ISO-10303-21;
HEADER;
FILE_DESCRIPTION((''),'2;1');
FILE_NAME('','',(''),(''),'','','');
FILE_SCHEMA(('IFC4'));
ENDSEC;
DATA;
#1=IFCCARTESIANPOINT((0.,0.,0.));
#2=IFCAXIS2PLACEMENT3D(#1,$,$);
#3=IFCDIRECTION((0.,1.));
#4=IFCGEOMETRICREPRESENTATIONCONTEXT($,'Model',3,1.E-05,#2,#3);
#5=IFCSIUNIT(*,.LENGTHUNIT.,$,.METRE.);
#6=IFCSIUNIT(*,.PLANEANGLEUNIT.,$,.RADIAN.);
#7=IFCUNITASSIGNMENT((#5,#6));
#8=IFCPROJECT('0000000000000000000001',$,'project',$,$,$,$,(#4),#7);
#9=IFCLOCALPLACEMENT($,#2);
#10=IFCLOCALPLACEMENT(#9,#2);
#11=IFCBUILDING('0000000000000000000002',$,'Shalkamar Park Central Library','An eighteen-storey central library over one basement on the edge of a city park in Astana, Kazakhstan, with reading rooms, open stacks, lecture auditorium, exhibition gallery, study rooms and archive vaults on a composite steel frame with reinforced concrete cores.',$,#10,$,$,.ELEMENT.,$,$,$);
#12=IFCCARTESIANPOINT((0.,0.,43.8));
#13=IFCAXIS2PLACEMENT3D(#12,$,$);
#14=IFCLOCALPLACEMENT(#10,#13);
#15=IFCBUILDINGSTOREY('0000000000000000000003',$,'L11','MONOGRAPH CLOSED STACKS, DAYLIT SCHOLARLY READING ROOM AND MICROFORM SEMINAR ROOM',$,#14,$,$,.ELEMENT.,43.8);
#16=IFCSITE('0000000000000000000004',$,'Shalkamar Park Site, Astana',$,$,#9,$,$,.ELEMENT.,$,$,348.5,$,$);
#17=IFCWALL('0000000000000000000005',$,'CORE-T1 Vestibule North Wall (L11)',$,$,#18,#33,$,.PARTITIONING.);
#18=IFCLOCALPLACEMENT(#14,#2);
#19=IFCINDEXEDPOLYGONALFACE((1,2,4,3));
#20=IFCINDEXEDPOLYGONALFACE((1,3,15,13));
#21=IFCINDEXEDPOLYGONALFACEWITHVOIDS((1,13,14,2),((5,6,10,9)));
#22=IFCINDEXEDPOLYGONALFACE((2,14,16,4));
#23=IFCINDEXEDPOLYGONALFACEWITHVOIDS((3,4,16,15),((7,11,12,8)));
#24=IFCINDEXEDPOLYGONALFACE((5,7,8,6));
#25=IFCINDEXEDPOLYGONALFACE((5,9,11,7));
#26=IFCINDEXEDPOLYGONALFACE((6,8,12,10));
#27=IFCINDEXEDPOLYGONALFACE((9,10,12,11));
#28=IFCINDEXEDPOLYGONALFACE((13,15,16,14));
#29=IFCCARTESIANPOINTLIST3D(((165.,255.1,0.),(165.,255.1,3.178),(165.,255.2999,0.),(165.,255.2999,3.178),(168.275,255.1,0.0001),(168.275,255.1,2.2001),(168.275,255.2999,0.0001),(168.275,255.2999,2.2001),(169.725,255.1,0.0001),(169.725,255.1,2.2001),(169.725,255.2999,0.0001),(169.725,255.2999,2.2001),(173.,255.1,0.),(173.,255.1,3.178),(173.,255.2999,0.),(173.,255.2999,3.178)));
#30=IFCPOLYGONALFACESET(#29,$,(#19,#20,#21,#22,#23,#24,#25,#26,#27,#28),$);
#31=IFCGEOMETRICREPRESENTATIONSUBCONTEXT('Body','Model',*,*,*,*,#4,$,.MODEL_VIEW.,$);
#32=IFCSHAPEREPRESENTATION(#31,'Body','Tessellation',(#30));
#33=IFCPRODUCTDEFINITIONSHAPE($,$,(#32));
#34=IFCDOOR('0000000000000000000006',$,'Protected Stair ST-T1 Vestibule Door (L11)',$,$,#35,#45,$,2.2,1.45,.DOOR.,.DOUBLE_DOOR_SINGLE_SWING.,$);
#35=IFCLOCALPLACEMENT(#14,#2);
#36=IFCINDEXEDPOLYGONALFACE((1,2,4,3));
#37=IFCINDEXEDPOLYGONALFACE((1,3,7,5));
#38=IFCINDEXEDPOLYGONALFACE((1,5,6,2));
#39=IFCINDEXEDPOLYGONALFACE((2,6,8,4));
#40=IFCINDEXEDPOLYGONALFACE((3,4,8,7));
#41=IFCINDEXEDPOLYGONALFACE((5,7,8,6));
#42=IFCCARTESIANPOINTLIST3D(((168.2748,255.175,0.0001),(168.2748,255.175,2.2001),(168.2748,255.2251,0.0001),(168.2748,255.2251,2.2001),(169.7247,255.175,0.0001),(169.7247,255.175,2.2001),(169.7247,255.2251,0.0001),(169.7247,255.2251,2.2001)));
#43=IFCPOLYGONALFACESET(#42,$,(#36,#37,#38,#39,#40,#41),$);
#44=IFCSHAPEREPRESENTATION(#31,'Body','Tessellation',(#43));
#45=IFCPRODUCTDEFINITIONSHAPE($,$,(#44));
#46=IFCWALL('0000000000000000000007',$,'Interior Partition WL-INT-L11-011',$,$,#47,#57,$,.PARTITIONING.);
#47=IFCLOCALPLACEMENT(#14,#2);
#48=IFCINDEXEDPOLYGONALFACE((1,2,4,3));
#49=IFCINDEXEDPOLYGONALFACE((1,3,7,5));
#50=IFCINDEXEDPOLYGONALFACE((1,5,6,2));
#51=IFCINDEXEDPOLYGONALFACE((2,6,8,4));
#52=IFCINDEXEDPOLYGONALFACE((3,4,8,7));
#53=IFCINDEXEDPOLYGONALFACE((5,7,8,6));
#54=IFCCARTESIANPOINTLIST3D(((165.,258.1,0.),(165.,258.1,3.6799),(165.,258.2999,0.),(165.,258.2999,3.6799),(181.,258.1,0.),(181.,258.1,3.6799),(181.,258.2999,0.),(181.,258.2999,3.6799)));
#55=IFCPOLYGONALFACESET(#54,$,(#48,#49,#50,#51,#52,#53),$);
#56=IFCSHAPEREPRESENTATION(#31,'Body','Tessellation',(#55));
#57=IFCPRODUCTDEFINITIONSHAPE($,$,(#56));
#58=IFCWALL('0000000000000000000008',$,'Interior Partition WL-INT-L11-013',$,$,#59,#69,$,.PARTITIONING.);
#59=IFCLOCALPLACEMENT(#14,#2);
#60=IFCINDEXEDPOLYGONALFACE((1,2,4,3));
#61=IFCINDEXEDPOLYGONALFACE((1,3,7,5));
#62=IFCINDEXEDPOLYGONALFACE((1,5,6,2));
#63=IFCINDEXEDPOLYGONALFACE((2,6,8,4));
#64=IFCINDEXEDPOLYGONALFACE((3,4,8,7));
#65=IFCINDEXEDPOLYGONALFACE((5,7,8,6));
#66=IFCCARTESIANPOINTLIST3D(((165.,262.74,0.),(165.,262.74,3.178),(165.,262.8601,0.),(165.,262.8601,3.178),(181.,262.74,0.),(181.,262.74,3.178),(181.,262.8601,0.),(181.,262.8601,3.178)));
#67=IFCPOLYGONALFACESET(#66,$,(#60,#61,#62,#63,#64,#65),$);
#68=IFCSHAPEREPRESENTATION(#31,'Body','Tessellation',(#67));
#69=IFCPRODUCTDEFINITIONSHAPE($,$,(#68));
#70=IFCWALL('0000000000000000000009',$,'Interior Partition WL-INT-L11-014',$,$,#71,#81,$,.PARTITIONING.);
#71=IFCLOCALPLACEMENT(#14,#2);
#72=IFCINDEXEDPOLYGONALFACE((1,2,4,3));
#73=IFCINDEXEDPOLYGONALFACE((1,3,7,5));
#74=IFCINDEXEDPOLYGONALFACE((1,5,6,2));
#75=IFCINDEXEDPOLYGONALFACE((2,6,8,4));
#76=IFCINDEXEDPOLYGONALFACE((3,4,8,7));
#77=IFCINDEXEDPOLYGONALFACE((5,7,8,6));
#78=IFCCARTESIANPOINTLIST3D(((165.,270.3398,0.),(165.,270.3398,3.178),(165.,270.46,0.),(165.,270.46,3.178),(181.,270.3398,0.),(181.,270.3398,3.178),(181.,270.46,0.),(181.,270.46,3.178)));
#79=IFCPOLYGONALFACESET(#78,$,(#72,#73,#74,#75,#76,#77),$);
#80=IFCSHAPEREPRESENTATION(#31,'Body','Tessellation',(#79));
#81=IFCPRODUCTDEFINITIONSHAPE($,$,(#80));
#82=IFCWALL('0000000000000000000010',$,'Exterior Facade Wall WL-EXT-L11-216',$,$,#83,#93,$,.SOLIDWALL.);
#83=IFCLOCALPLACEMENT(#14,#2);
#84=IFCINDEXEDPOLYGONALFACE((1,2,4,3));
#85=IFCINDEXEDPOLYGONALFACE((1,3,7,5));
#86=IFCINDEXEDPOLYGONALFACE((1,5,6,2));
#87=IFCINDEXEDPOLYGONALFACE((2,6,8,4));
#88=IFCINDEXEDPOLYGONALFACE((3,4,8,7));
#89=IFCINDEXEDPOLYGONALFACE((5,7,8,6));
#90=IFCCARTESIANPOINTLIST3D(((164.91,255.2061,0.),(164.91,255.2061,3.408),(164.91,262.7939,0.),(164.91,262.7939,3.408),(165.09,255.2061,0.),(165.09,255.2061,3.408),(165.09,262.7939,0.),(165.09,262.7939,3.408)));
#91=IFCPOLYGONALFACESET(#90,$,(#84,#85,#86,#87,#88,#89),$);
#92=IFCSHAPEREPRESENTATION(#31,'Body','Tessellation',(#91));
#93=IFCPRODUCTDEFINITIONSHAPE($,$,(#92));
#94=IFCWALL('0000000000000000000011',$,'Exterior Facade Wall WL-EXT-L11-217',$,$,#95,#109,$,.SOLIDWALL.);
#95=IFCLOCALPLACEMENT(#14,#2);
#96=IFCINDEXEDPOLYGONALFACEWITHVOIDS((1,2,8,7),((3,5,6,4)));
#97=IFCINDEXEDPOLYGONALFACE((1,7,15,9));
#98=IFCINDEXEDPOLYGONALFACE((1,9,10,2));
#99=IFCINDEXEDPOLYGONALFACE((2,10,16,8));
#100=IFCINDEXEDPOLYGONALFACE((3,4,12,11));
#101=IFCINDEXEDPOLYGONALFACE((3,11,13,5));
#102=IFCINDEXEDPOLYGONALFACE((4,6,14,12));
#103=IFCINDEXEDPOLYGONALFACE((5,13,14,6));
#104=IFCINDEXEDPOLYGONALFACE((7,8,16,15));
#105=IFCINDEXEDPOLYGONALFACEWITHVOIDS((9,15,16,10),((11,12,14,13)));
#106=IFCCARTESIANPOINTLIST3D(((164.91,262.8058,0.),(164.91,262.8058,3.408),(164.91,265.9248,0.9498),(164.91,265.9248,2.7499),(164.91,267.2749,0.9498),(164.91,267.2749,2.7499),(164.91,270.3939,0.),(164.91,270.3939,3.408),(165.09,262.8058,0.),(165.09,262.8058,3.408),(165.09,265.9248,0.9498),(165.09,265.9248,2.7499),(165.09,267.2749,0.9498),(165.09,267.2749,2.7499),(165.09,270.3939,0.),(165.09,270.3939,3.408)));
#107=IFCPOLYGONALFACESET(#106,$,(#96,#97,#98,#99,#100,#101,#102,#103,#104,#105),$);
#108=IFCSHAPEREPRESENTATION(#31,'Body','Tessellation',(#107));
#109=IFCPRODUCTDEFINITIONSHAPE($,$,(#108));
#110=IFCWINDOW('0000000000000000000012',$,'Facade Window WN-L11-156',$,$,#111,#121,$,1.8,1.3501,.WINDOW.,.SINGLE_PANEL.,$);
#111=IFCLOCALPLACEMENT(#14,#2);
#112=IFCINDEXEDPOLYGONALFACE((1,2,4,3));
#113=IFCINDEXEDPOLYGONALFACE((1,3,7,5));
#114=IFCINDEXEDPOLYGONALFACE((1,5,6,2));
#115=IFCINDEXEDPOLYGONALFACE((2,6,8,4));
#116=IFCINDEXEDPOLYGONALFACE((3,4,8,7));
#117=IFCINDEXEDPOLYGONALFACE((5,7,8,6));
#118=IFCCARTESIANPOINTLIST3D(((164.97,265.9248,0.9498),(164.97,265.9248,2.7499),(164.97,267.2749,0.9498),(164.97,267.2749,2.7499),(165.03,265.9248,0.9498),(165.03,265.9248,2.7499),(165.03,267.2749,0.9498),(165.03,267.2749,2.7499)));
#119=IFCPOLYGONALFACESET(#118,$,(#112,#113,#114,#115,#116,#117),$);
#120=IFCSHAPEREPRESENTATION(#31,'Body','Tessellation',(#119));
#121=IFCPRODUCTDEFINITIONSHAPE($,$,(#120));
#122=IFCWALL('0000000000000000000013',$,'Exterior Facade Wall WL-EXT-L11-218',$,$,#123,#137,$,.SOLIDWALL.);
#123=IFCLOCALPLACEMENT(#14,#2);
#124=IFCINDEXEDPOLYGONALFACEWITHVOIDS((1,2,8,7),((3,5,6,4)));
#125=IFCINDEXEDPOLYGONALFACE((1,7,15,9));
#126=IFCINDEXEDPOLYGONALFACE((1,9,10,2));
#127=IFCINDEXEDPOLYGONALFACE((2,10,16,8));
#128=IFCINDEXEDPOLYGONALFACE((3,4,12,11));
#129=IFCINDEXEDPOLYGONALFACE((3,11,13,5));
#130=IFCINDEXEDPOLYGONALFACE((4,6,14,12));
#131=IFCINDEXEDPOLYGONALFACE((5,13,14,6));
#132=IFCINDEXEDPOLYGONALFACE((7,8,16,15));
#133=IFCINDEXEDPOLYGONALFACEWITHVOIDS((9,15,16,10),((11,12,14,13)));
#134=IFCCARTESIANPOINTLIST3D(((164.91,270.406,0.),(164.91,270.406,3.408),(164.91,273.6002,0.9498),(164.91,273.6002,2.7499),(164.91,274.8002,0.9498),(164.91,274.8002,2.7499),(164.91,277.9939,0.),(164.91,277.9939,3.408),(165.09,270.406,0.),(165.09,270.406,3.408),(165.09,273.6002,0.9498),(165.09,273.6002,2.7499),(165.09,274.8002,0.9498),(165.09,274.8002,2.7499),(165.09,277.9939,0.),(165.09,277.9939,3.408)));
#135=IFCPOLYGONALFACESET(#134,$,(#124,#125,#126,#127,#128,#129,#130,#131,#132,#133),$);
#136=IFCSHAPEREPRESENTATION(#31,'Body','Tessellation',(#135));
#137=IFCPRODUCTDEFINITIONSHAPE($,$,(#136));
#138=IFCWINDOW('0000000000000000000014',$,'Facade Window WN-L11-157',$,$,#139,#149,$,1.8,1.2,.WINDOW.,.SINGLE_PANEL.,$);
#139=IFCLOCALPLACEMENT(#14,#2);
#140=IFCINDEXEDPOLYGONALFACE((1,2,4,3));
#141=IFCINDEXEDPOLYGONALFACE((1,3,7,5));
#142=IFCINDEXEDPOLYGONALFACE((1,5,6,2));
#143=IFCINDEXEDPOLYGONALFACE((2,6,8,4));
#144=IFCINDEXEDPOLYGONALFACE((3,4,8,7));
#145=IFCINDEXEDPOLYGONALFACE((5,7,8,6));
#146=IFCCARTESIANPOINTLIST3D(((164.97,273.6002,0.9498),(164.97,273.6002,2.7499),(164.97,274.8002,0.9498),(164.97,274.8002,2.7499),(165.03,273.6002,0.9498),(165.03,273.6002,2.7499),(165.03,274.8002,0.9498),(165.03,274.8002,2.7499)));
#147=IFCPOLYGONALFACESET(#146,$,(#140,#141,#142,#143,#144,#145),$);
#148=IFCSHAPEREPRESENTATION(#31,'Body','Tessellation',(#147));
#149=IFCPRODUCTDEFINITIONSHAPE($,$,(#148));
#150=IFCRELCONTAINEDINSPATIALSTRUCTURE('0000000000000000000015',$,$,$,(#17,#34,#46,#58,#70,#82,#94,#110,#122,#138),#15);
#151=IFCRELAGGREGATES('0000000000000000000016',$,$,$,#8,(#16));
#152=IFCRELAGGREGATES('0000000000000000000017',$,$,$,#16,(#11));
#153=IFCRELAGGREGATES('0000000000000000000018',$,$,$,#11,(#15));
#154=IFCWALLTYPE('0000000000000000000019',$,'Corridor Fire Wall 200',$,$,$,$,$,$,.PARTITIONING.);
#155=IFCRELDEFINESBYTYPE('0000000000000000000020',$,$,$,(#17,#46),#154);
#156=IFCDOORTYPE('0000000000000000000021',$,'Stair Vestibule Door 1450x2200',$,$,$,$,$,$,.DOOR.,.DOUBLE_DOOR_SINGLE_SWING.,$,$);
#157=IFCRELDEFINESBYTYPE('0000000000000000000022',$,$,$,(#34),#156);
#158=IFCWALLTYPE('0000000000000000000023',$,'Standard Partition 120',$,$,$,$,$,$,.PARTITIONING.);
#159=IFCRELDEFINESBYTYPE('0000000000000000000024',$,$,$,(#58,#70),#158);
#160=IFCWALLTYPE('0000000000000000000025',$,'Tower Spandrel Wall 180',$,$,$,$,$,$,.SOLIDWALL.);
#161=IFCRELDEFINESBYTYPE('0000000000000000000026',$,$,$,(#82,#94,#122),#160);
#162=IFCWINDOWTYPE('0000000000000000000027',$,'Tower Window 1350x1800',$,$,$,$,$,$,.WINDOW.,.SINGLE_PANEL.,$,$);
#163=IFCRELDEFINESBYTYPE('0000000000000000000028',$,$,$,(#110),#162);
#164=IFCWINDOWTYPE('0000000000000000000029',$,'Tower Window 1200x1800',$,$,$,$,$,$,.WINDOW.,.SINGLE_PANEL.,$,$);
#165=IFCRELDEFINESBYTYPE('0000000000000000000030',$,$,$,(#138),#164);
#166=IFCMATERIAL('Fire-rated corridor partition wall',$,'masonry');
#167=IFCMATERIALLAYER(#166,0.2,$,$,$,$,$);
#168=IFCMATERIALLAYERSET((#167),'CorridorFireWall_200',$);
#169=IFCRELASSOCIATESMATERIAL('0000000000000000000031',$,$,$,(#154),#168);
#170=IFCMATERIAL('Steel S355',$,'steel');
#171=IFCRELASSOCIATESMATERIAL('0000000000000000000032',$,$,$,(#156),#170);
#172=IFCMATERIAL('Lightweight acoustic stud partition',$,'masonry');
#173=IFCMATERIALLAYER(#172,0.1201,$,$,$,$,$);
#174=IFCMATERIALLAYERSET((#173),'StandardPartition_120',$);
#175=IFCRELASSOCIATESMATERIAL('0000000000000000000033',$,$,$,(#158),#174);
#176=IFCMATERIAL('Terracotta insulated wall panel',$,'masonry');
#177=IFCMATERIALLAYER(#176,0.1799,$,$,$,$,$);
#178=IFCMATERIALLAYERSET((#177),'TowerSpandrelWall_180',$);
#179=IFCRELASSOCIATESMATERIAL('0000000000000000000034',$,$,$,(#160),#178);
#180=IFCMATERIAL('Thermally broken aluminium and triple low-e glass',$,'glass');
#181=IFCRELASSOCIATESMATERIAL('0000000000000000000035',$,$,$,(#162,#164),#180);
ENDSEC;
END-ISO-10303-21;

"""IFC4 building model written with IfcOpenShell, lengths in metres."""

from ifc_helpers import new_model, si_unit, direction, frame, frame_2d, origin, place, context, subcontext, project, spatial, rectangle, extrude, material, layer, layer_set, type_object, element, fill, save


model = new_model("IFC4")

# Units and contexts
model_context = context("Model", 3, precision=1e-05, world=origin(), true_north=direction((0.0, 1.0)))
body_context = subcontext(model_context, "Body", "Model", "MODEL_VIEW")
ifc_project = project(units=[si_unit("LENGTHUNIT", "METRE"), si_unit("PLANEANGLEUNIT", "RADIAN")], contexts=[model_context])

# Site, building, storey
site_placement = place(None, origin())
site = spatial("IfcSite", under=ifc_project, at=site_placement, Name="Shalkamar Park Site, Astana", CompositionType="ELEMENT", RefElevation=348.5)
building_placement = place(site_placement, origin())
building = spatial("IfcBuilding", under=site, at=building_placement, Name="Shalkamar Park Central Library", Description="An eighteen-storey central library over one basement on the edge of a city park in Astana, Kazakhstan, with reading rooms, open stacks, lecture auditorium, exhibition gallery, study rooms and archive vaults on a composite steel frame with reinforced concrete cores.", CompositionType="ELEMENT")
storey_placement = place(building_placement, frame((0.0, 0.0, 43.8)))
storey = spatial("IfcBuildingStorey", under=building, at=storey_placement, Name="L11", Description="MONOGRAPH CLOSED STACKS, DAYLIT SCHOLARLY READING ROOM AND MICROFORM SEMINAR ROOM", CompositionType="ELEMENT", Elevation=43.8)

# Shared definitions
ifc_material_1 = material(Name="Steel S355", Category="steel")

# Wall, opening, door
ifc_material_2 = material(Name="Fire-rated corridor partition wall", Category="masonry")
ifc_layer_1 = layer(ifc_material_2, 0.2)
ifc_layer_set_1 = layer_set([ifc_layer_1], Name="CorridorFireWall_200")
wall_type_1 = type_object("IfcWallType", Name="Corridor Fire Wall 200", PredefinedType="PARTITIONING", material=ifc_layer_set_1)
wall_1_placement = place(storey_placement, frame((165.0, 255.2, 0.0), z_axis=(0.0, 0.0, 1.0), x_axis=(1.0, 0.0, 0.0)))
wall_1 = element("IfcWall", 1, at=wall_1_placement, inside=storey, type_object=wall_type_1, Name="CORE-T1 Vestibule North Wall (L11)", PredefinedType="PARTITIONING", context=body_context, shape_type="SweptSolid", body=[
    extrude(rectangle(XDim=8.0, YDim=0.2, at=frame_2d((4.0, 0.0))), origin(), (0.0, 0.0, 1.0), 3.178),
])
opening_1_placement = place(wall_1_placement, frame((3.2749, 0.0, 0.0)))
opening_1 = element("IfcOpeningElement", 2, at=opening_1_placement, cuts=wall_1, PredefinedType="OPENING", context=body_context, shape_type="SweptSolid", body=[
    extrude(rectangle(XDim=1.45, YDim=2.2, at=frame_2d((0.7251, 1.1001))), frame((0.0, 0.1147, 0.0), z_axis=(0.0, -1.0, 0.0), x_axis=(1.0, 0.0, 0.0)), (0.0, 0.0, 1.0), 0.2297),
])
door_type_1 = type_object("IfcDoorType", Name="Stair Vestibule Door 1450x2200", OperationType="DOUBLE_DOOR_SINGLE_SWING", PredefinedType="DOOR", material=ifc_material_1)
door_1_placement = place(opening_1_placement, frame((1.45, 0.0, 0.0), z_axis=(0.0, 0.0, 1.0), x_axis=(-1.0, 0.0, 0.0)))
door_1 = element("IfcDoor", 3, at=door_1_placement, inside=storey, type_object=door_type_1, Name="Protected Stair ST-T1 Vestibule Door (L11)", OperationType="DOUBLE_DOOR_SINGLE_SWING", OverallHeight=2.2, OverallWidth=1.45, PredefinedType="DOOR", context=body_context, shape_type="SweptSolid", body=[
    extrude(rectangle(XDim=1.45, YDim=2.2, at=frame_2d((0.7251, 1.1001))), frame((0.0, 0.0249, 0.0), z_axis=(0.0, -1.0, 0.0), x_axis=(1.0, 0.0, 0.0)), (0.0, 0.0, 1.0), 0.05),
])
fill(opening_1, door_1)

# Walls
wall_2_placement = place(storey_placement, frame((165.0, 258.2, 0.0), z_axis=(0.0, 0.0, 1.0), x_axis=(1.0, 0.0, 0.0)))
element("IfcWall", 4, at=wall_2_placement, inside=storey, type_object=wall_type_1, Name="Interior Partition WL-INT-L11-011", PredefinedType="PARTITIONING", context=body_context, shape_type="SweptSolid", body=[
    extrude(rectangle(XDim=16.0, YDim=0.2, at=frame_2d((8.0, 0.0))), origin(), (0.0, 0.0, 1.0), 3.6799),
])
ifc_material_3 = material(Name="Lightweight acoustic stud partition", Category="masonry")
ifc_layer_2 = layer(ifc_material_3, 0.1201)
ifc_layer_set_2 = layer_set([ifc_layer_2], Name="StandardPartition_120")
wall_type_2 = type_object("IfcWallType", Name="Standard Partition 120", PredefinedType="PARTITIONING", material=ifc_layer_set_2)
for number, where, z_axis, x_axis, name in (
    (5, (165.0, 262.8, 0.0), (0.0, 0.0, 1.0), (1.0, 0.0, 0.0), "Interior Partition WL-INT-L11-013"),
    (6, (165.0, 270.3999, 0.0), (0.0, 0.0, 1.0), (1.0, 0.0, 0.0), "Interior Partition WL-INT-L11-014"),
):
    element("IfcWall", number, at=place(storey_placement, frame(where, z_axis=z_axis, x_axis=x_axis)), inside=storey, type_object=wall_type_2, Name=name, PredefinedType="PARTITIONING", context=body_context, shape_type="SweptSolid", body=[
        extrude(rectangle(XDim=16.0, YDim=0.1201, at=frame_2d((8.0, 0.0))), origin(), (0.0, 0.0, 1.0), 3.178),
    ])
ifc_material_4 = material(Name="Terracotta insulated wall panel", Category="masonry")
ifc_layer_3 = layer(ifc_material_4, 0.1799)
ifc_layer_set_3 = layer_set([ifc_layer_3], Name="TowerSpandrelWall_180")
wall_type_3 = type_object("IfcWallType", Name="Tower Spandrel Wall 180", PredefinedType="SOLIDWALL", material=ifc_layer_set_3)
wall_3_placement = place(storey_placement, frame((165.0, 255.2061, 0.0), z_axis=(0.0, 0.0, 1.0), x_axis=(0.0, 1.0, 0.0)))
element("IfcWall", 7, at=wall_3_placement, inside=storey, type_object=wall_type_3, Name="Exterior Facade Wall WL-EXT-L11-216", PredefinedType="SOLIDWALL", context=body_context, shape_type="SweptSolid", body=[
    extrude(rectangle(XDim=7.5879, YDim=0.1799, at=frame_2d((3.7939, 0.0))), origin(), (0.0, 0.0, 1.0), 3.408),
])

# Walls, openings, windows
wall_4_placement = place(storey_placement, frame((165.0, 262.8059, 0.0), z_axis=(0.0, 0.0, 1.0), x_axis=(0.0, 1.0, 0.0)))
wall_4 = element("IfcWall", 8, at=wall_4_placement, inside=storey, type_object=wall_type_3, Name="Exterior Facade Wall WL-EXT-L11-217", PredefinedType="SOLIDWALL", context=body_context, shape_type="SweptSolid", body=[
    extrude(rectangle(XDim=7.5881, YDim=0.1799, at=frame_2d((3.7939, 0.0))), origin(), (0.0, 0.0, 1.0), 3.408),
])
opening_2_placement = place(wall_4_placement, frame((3.1189, 0.0, 0.95)))
opening_2 = element("IfcOpeningElement", 9, at=opening_2_placement, cuts=wall_4, PredefinedType="OPENING", context=body_context, shape_type="SweptSolid", body=[
    extrude(rectangle(XDim=1.3501, YDim=1.8, at=frame_2d((0.675, 0.8999))), frame((0.0, 0.105, 0.0), z_axis=(0.0, -1.0, 0.0), x_axis=(1.0, 0.0, 0.0)), (0.0, 0.0, 1.0), 0.2097),
])
ifc_material_5 = material(Name="Thermally broken aluminium and triple low-e glass", Category="glass")
window_type_1 = type_object("IfcWindowType", Name="Tower Window 1350x1800", PartitioningType="SINGLE_PANEL", PredefinedType="WINDOW", material=ifc_material_5)
window_1_placement = place(opening_2_placement, origin())
window_1 = element("IfcWindow", 10, at=window_1_placement, inside=storey, type_object=window_type_1, Name="Facade Window WN-L11-156", OverallHeight=1.8, OverallWidth=1.3501, PartitioningType="SINGLE_PANEL", PredefinedType="WINDOW", context=body_context, shape_type="SweptSolid", body=[
    extrude(rectangle(XDim=1.3501, YDim=1.8, at=frame_2d((0.675, 0.8999))), frame((0.0, 0.03, 0.0), z_axis=(0.0, -1.0, 0.0), x_axis=(1.0, 0.0, 0.0)), (0.0, 0.0, 1.0), 0.0601),
])
fill(opening_2, window_1)
wall_5_placement = place(storey_placement, frame((165.0, 270.406, 0.0), z_axis=(0.0, 0.0, 1.0), x_axis=(0.0, 1.0, 0.0)))
wall_5 = element("IfcWall", 11, at=wall_5_placement, inside=storey, type_object=wall_type_3, Name="Exterior Facade Wall WL-EXT-L11-218", PredefinedType="SOLIDWALL", context=body_context, shape_type="SweptSolid", body=[
    extrude(rectangle(XDim=7.5879, YDim=0.1799, at=frame_2d((3.7939, 0.0))), origin(), (0.0, 0.0, 1.0), 3.408),
])
opening_3_placement = place(wall_5_placement, frame((3.1941, 0.0, 0.95)))
opening_3 = element("IfcOpeningElement", 12, at=opening_3_placement, cuts=wall_5, PredefinedType="OPENING", context=body_context, shape_type="SweptSolid", body=[
    extrude(rectangle(XDim=1.2, YDim=1.8, at=frame_2d((0.6001, 0.8999))), frame((0.0, 0.105, 0.0), z_axis=(0.0, -1.0, 0.0), x_axis=(1.0, 0.0, 0.0)), (0.0, 0.0, 1.0), 0.2097),
])
window_type_2 = type_object("IfcWindowType", Name="Tower Window 1200x1800", PartitioningType="SINGLE_PANEL", PredefinedType="WINDOW", material=ifc_material_5)
window_2_placement = place(opening_3_placement, origin())
window_2 = element("IfcWindow", 13, at=window_2_placement, inside=storey, type_object=window_type_2, Name="Facade Window WN-L11-157", OverallHeight=1.8, OverallWidth=1.2, PartitioningType="SINGLE_PANEL", PredefinedType="WINDOW", context=body_context, shape_type="SweptSolid", body=[
    extrude(rectangle(XDim=1.2, YDim=1.8, at=frame_2d((0.6001, 0.8999))), frame((0.0, 0.03, 0.0), z_axis=(0.0, -1.0, 0.0), x_axis=(1.0, 0.0, 0.0)), (0.0, 0.0, 1.0), 0.0601),
])
fill(opening_3, window_2)

save(model, "model.ifc")
